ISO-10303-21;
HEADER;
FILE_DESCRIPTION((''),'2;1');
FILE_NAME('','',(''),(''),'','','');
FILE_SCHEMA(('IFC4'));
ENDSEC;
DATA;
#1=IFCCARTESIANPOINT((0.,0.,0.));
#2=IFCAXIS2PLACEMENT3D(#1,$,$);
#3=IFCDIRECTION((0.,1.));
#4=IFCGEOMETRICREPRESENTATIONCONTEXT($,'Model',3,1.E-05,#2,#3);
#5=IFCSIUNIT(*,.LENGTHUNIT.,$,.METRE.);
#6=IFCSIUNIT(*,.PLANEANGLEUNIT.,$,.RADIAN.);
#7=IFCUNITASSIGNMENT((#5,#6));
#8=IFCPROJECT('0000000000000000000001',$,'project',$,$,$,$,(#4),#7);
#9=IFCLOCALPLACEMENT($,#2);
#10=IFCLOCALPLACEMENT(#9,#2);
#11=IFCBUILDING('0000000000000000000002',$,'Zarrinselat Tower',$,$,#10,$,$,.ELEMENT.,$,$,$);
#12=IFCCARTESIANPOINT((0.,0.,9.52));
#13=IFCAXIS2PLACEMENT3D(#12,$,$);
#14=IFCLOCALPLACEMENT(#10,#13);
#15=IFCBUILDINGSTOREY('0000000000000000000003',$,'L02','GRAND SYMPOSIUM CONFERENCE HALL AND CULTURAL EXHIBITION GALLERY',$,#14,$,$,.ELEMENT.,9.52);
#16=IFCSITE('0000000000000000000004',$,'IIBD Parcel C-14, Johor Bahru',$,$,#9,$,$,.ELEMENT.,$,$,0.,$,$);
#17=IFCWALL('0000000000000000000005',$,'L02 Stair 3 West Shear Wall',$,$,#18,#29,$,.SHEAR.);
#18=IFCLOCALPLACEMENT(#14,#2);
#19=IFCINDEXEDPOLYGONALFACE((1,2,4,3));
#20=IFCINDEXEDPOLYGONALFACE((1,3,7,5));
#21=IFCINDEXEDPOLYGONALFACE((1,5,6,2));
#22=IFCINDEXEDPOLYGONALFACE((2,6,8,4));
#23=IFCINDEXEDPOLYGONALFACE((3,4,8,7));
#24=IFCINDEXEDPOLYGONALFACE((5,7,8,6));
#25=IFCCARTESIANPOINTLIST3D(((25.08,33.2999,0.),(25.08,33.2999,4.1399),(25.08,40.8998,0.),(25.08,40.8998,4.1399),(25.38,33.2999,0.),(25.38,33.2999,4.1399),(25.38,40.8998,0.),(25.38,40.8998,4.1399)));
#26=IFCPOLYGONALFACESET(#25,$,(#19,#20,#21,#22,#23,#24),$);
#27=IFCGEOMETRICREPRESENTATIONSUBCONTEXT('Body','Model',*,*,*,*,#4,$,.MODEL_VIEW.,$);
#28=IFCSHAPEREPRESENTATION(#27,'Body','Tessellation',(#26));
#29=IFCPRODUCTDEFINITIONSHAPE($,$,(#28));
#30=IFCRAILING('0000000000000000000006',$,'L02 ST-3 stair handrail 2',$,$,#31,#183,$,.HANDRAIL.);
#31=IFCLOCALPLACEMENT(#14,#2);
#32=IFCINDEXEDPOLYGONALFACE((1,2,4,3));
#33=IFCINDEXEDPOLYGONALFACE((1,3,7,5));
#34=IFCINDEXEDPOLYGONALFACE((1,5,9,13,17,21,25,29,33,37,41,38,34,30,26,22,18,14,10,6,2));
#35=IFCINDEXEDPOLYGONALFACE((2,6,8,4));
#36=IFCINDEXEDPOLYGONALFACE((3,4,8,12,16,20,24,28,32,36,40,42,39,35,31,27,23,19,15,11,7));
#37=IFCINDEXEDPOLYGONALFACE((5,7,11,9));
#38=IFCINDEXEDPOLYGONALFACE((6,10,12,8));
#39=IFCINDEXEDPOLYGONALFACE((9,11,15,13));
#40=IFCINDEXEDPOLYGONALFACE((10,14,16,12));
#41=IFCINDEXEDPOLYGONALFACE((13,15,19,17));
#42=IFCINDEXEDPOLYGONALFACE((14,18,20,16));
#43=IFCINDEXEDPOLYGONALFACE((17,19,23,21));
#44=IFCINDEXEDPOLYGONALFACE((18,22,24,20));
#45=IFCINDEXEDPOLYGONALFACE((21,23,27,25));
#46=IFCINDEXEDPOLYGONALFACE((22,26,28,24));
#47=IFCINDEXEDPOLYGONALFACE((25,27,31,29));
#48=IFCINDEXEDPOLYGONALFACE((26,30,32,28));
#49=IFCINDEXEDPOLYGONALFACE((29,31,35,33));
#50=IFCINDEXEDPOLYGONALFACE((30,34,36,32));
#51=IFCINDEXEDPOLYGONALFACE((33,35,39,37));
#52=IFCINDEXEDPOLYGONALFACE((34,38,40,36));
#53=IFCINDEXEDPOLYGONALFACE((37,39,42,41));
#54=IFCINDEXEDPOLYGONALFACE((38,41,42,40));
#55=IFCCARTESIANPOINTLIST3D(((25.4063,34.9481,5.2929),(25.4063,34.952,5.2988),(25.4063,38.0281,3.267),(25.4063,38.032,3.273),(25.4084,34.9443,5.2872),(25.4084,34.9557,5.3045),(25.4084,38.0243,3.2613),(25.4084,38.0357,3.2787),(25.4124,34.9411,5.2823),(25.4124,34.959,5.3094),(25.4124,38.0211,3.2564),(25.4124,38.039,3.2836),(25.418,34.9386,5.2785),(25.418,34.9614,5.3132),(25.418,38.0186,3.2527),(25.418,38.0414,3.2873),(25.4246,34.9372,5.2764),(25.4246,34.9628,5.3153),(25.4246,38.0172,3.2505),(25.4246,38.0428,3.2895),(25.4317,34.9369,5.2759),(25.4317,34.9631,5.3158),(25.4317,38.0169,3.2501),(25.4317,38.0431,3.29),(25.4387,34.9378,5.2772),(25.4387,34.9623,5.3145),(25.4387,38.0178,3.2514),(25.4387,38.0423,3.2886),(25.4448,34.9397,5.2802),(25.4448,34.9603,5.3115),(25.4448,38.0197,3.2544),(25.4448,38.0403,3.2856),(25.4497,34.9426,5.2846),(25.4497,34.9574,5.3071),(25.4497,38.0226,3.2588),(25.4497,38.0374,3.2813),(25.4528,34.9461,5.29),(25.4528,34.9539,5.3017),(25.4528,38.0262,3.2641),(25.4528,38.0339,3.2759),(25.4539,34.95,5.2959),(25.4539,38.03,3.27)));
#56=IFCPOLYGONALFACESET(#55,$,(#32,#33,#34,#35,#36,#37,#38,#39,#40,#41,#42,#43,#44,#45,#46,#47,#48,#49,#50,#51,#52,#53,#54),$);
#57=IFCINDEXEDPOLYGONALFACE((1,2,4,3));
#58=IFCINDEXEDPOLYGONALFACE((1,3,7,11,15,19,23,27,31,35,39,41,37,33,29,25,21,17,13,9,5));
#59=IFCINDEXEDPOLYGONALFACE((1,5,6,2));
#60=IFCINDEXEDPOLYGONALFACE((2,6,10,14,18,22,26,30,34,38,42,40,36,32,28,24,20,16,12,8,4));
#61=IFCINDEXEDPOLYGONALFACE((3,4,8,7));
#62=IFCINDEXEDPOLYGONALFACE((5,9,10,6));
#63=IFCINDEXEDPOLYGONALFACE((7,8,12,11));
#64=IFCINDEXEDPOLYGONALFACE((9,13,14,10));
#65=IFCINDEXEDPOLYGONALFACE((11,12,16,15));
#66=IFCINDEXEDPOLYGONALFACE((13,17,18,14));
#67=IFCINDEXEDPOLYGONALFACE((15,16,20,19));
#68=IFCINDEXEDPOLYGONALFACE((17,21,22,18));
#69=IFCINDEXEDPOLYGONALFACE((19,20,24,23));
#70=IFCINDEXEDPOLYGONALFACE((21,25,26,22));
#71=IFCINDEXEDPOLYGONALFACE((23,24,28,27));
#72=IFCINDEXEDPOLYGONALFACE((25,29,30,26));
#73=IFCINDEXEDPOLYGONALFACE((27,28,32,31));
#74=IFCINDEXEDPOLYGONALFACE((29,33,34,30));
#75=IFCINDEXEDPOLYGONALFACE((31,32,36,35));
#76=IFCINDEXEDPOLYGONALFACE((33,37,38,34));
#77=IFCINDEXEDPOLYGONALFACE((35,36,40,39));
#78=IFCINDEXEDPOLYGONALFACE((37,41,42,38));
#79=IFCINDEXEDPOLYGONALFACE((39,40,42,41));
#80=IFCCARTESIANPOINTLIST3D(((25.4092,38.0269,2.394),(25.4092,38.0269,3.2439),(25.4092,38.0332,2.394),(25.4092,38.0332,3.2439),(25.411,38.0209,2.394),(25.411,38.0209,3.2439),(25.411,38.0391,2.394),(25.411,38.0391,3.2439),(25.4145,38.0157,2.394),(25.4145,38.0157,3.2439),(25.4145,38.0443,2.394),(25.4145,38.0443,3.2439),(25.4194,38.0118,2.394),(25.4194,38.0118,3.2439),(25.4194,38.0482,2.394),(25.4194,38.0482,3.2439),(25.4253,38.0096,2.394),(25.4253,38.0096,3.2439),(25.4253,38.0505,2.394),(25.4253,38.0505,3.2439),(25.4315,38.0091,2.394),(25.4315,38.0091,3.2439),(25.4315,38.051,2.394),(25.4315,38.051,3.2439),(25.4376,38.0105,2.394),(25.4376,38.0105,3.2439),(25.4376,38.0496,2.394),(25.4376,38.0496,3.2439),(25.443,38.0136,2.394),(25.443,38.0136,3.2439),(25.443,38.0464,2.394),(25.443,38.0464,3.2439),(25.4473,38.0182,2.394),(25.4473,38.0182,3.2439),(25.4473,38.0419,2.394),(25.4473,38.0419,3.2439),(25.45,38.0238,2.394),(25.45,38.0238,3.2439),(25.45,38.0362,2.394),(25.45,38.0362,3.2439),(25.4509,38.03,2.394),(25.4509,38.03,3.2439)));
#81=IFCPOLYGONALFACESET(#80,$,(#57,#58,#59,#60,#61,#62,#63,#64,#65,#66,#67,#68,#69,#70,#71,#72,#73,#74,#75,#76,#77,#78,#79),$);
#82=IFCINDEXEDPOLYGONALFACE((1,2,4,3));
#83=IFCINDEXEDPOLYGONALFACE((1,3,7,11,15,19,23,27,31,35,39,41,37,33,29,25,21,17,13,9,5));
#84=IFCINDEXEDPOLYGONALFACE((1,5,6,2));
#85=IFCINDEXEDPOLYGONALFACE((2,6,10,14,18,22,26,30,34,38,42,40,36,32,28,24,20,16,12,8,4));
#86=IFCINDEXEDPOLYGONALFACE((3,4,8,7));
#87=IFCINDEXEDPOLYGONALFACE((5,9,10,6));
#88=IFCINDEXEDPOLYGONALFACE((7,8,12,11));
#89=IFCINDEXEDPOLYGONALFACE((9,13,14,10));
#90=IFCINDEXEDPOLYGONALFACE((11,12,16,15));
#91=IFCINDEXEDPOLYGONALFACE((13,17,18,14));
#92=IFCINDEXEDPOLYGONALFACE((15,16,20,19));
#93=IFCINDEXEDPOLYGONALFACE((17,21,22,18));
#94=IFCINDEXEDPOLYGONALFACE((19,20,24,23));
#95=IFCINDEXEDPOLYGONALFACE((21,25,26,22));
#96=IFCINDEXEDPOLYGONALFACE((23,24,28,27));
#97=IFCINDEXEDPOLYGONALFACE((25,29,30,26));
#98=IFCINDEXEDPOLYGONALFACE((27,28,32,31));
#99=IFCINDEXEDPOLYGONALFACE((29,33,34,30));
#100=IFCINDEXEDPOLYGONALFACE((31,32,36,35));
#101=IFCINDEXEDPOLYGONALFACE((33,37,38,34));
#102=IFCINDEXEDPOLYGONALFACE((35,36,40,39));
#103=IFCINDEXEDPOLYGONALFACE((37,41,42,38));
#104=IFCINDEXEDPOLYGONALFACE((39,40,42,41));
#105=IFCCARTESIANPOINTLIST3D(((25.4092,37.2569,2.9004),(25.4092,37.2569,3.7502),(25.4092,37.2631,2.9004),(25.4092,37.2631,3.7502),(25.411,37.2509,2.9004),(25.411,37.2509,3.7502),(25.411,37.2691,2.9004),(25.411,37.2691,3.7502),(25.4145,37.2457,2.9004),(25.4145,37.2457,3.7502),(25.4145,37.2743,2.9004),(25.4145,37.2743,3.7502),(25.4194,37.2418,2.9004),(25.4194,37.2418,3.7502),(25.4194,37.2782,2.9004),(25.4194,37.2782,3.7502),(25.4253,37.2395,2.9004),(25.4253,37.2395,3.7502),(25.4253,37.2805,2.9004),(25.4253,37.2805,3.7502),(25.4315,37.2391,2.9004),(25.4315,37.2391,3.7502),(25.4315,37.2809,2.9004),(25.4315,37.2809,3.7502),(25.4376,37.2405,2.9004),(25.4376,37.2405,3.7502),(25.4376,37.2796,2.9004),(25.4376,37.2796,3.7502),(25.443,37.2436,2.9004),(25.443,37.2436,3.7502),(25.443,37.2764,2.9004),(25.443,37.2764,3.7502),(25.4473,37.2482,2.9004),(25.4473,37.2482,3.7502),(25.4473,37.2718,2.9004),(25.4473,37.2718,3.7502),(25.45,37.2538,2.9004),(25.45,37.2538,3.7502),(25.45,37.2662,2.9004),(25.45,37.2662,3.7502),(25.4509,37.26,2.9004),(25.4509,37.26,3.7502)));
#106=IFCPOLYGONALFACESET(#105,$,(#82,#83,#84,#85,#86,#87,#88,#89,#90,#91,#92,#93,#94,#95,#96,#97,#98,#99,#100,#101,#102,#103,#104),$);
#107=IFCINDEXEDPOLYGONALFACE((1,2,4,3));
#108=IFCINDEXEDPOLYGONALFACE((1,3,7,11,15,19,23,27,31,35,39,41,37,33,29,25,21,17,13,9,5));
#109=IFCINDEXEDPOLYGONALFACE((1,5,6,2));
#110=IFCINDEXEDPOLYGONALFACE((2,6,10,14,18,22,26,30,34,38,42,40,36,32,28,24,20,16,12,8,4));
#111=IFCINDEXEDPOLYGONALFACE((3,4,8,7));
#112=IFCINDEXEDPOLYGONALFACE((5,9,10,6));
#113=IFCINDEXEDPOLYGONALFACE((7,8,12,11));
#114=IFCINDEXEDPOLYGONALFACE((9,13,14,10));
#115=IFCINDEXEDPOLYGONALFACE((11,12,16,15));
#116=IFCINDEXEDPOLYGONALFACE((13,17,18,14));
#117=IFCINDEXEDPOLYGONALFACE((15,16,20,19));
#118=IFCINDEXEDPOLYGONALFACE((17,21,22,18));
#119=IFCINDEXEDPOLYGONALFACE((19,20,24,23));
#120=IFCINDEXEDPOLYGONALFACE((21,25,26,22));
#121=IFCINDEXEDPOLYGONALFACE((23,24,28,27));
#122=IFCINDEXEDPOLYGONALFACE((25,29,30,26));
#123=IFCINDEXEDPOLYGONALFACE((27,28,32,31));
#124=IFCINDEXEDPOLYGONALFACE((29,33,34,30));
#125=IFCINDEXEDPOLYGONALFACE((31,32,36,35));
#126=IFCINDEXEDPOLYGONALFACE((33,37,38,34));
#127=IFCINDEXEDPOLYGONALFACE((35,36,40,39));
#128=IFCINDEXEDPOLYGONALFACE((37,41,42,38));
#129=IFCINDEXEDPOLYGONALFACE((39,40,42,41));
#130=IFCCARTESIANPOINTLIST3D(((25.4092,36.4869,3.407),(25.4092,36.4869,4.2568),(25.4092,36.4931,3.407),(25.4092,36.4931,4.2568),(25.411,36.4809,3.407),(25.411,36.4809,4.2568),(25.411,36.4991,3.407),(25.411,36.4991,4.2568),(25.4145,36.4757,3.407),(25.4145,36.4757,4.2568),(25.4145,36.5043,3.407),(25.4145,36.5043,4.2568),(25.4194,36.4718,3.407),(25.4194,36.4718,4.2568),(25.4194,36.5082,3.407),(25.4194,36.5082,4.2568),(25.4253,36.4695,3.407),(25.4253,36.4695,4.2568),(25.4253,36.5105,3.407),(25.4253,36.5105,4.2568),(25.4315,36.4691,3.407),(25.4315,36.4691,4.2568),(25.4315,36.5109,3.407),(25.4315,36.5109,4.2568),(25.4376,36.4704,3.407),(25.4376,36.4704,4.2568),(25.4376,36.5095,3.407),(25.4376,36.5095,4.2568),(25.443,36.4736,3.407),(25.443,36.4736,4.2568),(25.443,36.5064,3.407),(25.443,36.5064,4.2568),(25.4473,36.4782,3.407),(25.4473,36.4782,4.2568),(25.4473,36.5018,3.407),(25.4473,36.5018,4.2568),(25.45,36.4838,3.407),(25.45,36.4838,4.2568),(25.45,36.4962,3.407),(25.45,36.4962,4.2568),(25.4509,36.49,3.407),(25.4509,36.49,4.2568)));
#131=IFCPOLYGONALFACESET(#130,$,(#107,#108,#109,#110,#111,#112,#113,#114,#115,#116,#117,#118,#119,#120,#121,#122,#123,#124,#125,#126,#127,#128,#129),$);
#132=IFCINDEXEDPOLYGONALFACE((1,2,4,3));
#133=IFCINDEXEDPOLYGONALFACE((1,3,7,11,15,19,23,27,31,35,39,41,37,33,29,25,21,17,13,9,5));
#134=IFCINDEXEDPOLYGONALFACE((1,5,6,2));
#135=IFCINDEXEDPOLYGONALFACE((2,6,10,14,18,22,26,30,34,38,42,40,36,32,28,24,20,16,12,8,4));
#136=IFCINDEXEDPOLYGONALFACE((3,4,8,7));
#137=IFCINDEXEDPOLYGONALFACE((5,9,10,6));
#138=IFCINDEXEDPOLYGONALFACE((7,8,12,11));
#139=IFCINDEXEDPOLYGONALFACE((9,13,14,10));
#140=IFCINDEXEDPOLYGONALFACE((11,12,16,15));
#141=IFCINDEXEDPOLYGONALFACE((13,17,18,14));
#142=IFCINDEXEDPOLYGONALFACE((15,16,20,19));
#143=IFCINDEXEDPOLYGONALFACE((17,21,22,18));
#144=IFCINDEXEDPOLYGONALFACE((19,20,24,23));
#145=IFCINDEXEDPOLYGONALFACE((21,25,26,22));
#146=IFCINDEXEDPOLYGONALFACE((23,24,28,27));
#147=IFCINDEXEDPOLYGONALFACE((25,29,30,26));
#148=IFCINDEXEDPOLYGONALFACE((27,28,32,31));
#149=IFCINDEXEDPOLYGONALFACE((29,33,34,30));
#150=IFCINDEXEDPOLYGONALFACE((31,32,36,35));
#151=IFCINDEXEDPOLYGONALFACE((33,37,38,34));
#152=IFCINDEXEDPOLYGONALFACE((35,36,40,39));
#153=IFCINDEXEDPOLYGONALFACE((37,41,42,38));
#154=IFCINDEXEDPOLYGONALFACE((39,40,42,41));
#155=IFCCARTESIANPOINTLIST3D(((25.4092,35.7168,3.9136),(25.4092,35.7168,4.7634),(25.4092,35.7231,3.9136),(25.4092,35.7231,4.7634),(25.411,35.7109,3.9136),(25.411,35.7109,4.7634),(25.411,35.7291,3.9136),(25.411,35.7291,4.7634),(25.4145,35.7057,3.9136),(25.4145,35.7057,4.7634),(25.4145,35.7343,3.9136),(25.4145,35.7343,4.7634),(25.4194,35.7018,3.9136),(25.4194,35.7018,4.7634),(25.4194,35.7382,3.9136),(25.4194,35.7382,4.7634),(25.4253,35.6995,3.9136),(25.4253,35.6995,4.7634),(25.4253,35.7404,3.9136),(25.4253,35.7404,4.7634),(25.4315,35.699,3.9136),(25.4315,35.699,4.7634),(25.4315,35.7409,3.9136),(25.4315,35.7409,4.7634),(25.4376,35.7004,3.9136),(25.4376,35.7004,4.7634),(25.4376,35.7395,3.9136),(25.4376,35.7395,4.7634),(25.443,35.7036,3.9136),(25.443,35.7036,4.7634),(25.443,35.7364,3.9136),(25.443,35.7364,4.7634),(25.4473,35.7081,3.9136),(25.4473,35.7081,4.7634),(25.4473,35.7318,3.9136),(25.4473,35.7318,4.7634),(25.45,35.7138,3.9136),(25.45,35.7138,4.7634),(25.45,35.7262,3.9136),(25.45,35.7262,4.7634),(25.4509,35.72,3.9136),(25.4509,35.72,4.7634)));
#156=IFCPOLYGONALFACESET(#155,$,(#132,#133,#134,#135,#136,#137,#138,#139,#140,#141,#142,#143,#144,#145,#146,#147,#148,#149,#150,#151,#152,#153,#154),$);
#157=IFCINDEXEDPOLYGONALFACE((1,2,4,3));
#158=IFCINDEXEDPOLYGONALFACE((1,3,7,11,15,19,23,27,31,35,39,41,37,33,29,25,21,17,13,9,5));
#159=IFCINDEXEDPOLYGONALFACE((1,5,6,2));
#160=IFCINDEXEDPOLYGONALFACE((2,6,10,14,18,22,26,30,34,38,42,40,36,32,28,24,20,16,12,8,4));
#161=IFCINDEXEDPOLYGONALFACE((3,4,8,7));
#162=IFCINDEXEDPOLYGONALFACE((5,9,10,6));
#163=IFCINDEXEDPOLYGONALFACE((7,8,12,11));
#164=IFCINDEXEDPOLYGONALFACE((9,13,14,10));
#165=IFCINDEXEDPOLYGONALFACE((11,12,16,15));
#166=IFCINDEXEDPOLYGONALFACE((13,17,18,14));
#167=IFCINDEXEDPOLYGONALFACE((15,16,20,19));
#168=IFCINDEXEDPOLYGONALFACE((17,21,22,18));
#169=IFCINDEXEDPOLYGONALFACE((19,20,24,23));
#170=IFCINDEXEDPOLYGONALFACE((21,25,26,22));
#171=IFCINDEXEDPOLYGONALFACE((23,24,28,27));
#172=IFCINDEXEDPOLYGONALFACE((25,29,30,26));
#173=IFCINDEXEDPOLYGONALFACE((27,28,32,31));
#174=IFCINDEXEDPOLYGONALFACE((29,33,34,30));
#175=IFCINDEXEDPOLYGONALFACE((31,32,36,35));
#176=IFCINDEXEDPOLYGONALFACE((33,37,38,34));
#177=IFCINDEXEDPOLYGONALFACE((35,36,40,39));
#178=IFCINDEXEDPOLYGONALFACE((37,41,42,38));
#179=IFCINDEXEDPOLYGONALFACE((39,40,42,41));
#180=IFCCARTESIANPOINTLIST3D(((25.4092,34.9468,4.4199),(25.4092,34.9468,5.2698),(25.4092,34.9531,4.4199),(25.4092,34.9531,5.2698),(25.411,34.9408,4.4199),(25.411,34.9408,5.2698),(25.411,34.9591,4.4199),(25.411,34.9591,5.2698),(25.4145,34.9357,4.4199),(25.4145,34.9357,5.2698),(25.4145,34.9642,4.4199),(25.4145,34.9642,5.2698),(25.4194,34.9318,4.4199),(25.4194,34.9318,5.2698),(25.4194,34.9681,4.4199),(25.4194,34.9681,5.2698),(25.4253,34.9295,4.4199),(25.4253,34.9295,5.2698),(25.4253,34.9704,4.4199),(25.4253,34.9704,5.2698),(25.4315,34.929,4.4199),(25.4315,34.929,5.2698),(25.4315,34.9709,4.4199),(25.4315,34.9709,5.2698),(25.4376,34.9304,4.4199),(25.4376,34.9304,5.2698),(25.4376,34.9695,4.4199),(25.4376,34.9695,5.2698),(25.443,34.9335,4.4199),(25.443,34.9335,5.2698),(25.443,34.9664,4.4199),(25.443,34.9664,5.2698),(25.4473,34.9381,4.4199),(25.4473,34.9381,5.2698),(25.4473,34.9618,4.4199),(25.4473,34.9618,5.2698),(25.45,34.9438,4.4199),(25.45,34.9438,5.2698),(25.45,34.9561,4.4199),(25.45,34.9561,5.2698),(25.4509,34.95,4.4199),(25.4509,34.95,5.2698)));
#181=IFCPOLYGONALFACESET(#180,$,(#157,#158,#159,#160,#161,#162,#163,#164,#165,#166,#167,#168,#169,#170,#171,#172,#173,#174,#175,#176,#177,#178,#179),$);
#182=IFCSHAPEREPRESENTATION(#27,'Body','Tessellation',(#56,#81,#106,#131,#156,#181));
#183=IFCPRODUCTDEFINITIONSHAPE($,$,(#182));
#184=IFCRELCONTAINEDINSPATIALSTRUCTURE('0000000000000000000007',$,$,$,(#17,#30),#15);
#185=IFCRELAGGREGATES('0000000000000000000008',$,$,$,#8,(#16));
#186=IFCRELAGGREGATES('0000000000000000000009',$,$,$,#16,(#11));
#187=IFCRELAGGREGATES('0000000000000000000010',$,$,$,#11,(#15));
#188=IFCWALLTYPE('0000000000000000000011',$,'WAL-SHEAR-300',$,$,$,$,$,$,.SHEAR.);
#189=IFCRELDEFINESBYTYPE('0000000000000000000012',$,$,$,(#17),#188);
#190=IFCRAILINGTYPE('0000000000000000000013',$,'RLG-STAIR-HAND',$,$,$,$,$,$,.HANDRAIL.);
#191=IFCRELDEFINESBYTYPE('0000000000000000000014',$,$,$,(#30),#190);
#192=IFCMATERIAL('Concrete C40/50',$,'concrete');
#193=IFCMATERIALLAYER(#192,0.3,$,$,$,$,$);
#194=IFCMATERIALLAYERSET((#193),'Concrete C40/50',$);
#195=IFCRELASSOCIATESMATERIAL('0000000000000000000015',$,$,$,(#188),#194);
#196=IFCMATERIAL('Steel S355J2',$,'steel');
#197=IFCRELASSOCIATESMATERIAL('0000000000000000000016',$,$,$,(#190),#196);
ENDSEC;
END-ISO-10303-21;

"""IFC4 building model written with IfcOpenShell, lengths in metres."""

from ifc_helpers import new_model, si_unit, direction, frame, frame_2d, origin, origin_2d, place, context, subcontext, project, spatial, rectangle, circle, extrude, material, layer, layer_set, type_object, element, save


model = new_model("IFC4")

# Units and contexts
model_context = context("Model", 3, precision=1e-05, world=origin(), true_north=direction((0.0, 1.0)))
body_context = subcontext(model_context, "Body", "Model", "MODEL_VIEW")
ifc_project = project(units=[si_unit("LENGTHUNIT", "METRE"), si_unit("PLANEANGLEUNIT", "RADIAN")], contexts=[model_context])

# Site, building, storey
site_placement = place(None, origin())
site = spatial("IfcSite", under=ifc_project, at=site_placement, Name="IIBD Parcel C-14, Johor Bahru", CompositionType="ELEMENT", RefElevation=0.0)
building_placement = place(site_placement, origin())
building = spatial("IfcBuilding", under=site, at=building_placement, Name="Zarrinselat Tower", CompositionType="ELEMENT")
storey_placement = place(building_placement, frame((0.0, 0.0, 9.52)))
storey = spatial("IfcBuildingStorey", under=building, at=storey_placement, Name="L02", Description="GRAND SYMPOSIUM CONFERENCE HALL AND CULTURAL EXHIBITION GALLERY", CompositionType="ELEMENT", Elevation=9.52)

# Shared definitions
ifc_material_1 = material(Name="Concrete C40/50", Category="concrete")
ifc_layer_1 = layer(ifc_material_1, 0.3)
ifc_layer_set_1 = layer_set([ifc_layer_1], Name="Concrete C40/50")
wall_type_1 = type_object("IfcWallType", Name="WAL-SHEAR-300", PredefinedType="SHEAR", material=ifc_layer_set_1)

# Wall
wall_1_placement = place(storey_placement, frame((25.23, 33.3, 0.0), z_axis=(0.0, 0.0, 1.0), x_axis=(0.0, 1.0, 0.0)))
element("IfcWall", 1, at=wall_1_placement, inside=storey, type_object=wall_type_1, Name="L02 Stair 3 West Shear Wall", PredefinedType="SHEAR", context=body_context, shape_type="SweptSolid", body=[
    extrude(rectangle(XDim=7.5999, YDim=0.3, at=frame_2d((3.7998, 0.0))), origin(), (0.0, 0.0, 1.0), 4.1399),
])

# Railing
ifc_material_2 = material(Name="Steel S355J2", Category="steel")
railing_type = type_object("IfcRailingType", Name="RLG-STAIR-HAND", PredefinedType="HANDRAIL", material=ifc_material_2)
railing_placement = place(storey_placement, frame((25.4299, 38.03, 2.394)))
element("IfcRailing", 2, at=railing_placement, inside=storey, type_object=railing_type, Name="L02 ST-3 stair handrail 2", PredefinedType="HANDRAIL", context=body_context, shape_type="SweptSolid", body=[
    extrude(circle(Radius=0.0239, at=origin_2d()), frame((0.0, 0.0, 0.876), z_axis=(0.0, -0.835478, 0.549524), x_axis=(1.0, 0.0, 0.0)), (0.0, 0.0, 1.0), 3.6865),
    extrude(circle(Radius=0.021, at=origin_2d()), origin(), (0.0, 0.0, 1.0), 0.8499),
    extrude(circle(Radius=0.021, at=origin_2d()), frame((0.0, -0.77, 0.5063)), (0.0, 0.0, 1.0), 0.8499),
    extrude(circle(Radius=0.021, at=origin_2d()), frame((0.0, -1.54, 1.0129)), (0.0, 0.0, 1.0), 0.8499),
    extrude(circle(Radius=0.021, at=origin_2d()), frame((0.0, -2.3101, 1.5195)), (0.0, 0.0, 1.0), 0.8499),
    extrude(circle(Radius=0.021, at=origin_2d()), frame((0.0, -3.0801, 2.0259)), (0.0, 0.0, 1.0), 0.8499),
])

save(model, "model.ifc")
